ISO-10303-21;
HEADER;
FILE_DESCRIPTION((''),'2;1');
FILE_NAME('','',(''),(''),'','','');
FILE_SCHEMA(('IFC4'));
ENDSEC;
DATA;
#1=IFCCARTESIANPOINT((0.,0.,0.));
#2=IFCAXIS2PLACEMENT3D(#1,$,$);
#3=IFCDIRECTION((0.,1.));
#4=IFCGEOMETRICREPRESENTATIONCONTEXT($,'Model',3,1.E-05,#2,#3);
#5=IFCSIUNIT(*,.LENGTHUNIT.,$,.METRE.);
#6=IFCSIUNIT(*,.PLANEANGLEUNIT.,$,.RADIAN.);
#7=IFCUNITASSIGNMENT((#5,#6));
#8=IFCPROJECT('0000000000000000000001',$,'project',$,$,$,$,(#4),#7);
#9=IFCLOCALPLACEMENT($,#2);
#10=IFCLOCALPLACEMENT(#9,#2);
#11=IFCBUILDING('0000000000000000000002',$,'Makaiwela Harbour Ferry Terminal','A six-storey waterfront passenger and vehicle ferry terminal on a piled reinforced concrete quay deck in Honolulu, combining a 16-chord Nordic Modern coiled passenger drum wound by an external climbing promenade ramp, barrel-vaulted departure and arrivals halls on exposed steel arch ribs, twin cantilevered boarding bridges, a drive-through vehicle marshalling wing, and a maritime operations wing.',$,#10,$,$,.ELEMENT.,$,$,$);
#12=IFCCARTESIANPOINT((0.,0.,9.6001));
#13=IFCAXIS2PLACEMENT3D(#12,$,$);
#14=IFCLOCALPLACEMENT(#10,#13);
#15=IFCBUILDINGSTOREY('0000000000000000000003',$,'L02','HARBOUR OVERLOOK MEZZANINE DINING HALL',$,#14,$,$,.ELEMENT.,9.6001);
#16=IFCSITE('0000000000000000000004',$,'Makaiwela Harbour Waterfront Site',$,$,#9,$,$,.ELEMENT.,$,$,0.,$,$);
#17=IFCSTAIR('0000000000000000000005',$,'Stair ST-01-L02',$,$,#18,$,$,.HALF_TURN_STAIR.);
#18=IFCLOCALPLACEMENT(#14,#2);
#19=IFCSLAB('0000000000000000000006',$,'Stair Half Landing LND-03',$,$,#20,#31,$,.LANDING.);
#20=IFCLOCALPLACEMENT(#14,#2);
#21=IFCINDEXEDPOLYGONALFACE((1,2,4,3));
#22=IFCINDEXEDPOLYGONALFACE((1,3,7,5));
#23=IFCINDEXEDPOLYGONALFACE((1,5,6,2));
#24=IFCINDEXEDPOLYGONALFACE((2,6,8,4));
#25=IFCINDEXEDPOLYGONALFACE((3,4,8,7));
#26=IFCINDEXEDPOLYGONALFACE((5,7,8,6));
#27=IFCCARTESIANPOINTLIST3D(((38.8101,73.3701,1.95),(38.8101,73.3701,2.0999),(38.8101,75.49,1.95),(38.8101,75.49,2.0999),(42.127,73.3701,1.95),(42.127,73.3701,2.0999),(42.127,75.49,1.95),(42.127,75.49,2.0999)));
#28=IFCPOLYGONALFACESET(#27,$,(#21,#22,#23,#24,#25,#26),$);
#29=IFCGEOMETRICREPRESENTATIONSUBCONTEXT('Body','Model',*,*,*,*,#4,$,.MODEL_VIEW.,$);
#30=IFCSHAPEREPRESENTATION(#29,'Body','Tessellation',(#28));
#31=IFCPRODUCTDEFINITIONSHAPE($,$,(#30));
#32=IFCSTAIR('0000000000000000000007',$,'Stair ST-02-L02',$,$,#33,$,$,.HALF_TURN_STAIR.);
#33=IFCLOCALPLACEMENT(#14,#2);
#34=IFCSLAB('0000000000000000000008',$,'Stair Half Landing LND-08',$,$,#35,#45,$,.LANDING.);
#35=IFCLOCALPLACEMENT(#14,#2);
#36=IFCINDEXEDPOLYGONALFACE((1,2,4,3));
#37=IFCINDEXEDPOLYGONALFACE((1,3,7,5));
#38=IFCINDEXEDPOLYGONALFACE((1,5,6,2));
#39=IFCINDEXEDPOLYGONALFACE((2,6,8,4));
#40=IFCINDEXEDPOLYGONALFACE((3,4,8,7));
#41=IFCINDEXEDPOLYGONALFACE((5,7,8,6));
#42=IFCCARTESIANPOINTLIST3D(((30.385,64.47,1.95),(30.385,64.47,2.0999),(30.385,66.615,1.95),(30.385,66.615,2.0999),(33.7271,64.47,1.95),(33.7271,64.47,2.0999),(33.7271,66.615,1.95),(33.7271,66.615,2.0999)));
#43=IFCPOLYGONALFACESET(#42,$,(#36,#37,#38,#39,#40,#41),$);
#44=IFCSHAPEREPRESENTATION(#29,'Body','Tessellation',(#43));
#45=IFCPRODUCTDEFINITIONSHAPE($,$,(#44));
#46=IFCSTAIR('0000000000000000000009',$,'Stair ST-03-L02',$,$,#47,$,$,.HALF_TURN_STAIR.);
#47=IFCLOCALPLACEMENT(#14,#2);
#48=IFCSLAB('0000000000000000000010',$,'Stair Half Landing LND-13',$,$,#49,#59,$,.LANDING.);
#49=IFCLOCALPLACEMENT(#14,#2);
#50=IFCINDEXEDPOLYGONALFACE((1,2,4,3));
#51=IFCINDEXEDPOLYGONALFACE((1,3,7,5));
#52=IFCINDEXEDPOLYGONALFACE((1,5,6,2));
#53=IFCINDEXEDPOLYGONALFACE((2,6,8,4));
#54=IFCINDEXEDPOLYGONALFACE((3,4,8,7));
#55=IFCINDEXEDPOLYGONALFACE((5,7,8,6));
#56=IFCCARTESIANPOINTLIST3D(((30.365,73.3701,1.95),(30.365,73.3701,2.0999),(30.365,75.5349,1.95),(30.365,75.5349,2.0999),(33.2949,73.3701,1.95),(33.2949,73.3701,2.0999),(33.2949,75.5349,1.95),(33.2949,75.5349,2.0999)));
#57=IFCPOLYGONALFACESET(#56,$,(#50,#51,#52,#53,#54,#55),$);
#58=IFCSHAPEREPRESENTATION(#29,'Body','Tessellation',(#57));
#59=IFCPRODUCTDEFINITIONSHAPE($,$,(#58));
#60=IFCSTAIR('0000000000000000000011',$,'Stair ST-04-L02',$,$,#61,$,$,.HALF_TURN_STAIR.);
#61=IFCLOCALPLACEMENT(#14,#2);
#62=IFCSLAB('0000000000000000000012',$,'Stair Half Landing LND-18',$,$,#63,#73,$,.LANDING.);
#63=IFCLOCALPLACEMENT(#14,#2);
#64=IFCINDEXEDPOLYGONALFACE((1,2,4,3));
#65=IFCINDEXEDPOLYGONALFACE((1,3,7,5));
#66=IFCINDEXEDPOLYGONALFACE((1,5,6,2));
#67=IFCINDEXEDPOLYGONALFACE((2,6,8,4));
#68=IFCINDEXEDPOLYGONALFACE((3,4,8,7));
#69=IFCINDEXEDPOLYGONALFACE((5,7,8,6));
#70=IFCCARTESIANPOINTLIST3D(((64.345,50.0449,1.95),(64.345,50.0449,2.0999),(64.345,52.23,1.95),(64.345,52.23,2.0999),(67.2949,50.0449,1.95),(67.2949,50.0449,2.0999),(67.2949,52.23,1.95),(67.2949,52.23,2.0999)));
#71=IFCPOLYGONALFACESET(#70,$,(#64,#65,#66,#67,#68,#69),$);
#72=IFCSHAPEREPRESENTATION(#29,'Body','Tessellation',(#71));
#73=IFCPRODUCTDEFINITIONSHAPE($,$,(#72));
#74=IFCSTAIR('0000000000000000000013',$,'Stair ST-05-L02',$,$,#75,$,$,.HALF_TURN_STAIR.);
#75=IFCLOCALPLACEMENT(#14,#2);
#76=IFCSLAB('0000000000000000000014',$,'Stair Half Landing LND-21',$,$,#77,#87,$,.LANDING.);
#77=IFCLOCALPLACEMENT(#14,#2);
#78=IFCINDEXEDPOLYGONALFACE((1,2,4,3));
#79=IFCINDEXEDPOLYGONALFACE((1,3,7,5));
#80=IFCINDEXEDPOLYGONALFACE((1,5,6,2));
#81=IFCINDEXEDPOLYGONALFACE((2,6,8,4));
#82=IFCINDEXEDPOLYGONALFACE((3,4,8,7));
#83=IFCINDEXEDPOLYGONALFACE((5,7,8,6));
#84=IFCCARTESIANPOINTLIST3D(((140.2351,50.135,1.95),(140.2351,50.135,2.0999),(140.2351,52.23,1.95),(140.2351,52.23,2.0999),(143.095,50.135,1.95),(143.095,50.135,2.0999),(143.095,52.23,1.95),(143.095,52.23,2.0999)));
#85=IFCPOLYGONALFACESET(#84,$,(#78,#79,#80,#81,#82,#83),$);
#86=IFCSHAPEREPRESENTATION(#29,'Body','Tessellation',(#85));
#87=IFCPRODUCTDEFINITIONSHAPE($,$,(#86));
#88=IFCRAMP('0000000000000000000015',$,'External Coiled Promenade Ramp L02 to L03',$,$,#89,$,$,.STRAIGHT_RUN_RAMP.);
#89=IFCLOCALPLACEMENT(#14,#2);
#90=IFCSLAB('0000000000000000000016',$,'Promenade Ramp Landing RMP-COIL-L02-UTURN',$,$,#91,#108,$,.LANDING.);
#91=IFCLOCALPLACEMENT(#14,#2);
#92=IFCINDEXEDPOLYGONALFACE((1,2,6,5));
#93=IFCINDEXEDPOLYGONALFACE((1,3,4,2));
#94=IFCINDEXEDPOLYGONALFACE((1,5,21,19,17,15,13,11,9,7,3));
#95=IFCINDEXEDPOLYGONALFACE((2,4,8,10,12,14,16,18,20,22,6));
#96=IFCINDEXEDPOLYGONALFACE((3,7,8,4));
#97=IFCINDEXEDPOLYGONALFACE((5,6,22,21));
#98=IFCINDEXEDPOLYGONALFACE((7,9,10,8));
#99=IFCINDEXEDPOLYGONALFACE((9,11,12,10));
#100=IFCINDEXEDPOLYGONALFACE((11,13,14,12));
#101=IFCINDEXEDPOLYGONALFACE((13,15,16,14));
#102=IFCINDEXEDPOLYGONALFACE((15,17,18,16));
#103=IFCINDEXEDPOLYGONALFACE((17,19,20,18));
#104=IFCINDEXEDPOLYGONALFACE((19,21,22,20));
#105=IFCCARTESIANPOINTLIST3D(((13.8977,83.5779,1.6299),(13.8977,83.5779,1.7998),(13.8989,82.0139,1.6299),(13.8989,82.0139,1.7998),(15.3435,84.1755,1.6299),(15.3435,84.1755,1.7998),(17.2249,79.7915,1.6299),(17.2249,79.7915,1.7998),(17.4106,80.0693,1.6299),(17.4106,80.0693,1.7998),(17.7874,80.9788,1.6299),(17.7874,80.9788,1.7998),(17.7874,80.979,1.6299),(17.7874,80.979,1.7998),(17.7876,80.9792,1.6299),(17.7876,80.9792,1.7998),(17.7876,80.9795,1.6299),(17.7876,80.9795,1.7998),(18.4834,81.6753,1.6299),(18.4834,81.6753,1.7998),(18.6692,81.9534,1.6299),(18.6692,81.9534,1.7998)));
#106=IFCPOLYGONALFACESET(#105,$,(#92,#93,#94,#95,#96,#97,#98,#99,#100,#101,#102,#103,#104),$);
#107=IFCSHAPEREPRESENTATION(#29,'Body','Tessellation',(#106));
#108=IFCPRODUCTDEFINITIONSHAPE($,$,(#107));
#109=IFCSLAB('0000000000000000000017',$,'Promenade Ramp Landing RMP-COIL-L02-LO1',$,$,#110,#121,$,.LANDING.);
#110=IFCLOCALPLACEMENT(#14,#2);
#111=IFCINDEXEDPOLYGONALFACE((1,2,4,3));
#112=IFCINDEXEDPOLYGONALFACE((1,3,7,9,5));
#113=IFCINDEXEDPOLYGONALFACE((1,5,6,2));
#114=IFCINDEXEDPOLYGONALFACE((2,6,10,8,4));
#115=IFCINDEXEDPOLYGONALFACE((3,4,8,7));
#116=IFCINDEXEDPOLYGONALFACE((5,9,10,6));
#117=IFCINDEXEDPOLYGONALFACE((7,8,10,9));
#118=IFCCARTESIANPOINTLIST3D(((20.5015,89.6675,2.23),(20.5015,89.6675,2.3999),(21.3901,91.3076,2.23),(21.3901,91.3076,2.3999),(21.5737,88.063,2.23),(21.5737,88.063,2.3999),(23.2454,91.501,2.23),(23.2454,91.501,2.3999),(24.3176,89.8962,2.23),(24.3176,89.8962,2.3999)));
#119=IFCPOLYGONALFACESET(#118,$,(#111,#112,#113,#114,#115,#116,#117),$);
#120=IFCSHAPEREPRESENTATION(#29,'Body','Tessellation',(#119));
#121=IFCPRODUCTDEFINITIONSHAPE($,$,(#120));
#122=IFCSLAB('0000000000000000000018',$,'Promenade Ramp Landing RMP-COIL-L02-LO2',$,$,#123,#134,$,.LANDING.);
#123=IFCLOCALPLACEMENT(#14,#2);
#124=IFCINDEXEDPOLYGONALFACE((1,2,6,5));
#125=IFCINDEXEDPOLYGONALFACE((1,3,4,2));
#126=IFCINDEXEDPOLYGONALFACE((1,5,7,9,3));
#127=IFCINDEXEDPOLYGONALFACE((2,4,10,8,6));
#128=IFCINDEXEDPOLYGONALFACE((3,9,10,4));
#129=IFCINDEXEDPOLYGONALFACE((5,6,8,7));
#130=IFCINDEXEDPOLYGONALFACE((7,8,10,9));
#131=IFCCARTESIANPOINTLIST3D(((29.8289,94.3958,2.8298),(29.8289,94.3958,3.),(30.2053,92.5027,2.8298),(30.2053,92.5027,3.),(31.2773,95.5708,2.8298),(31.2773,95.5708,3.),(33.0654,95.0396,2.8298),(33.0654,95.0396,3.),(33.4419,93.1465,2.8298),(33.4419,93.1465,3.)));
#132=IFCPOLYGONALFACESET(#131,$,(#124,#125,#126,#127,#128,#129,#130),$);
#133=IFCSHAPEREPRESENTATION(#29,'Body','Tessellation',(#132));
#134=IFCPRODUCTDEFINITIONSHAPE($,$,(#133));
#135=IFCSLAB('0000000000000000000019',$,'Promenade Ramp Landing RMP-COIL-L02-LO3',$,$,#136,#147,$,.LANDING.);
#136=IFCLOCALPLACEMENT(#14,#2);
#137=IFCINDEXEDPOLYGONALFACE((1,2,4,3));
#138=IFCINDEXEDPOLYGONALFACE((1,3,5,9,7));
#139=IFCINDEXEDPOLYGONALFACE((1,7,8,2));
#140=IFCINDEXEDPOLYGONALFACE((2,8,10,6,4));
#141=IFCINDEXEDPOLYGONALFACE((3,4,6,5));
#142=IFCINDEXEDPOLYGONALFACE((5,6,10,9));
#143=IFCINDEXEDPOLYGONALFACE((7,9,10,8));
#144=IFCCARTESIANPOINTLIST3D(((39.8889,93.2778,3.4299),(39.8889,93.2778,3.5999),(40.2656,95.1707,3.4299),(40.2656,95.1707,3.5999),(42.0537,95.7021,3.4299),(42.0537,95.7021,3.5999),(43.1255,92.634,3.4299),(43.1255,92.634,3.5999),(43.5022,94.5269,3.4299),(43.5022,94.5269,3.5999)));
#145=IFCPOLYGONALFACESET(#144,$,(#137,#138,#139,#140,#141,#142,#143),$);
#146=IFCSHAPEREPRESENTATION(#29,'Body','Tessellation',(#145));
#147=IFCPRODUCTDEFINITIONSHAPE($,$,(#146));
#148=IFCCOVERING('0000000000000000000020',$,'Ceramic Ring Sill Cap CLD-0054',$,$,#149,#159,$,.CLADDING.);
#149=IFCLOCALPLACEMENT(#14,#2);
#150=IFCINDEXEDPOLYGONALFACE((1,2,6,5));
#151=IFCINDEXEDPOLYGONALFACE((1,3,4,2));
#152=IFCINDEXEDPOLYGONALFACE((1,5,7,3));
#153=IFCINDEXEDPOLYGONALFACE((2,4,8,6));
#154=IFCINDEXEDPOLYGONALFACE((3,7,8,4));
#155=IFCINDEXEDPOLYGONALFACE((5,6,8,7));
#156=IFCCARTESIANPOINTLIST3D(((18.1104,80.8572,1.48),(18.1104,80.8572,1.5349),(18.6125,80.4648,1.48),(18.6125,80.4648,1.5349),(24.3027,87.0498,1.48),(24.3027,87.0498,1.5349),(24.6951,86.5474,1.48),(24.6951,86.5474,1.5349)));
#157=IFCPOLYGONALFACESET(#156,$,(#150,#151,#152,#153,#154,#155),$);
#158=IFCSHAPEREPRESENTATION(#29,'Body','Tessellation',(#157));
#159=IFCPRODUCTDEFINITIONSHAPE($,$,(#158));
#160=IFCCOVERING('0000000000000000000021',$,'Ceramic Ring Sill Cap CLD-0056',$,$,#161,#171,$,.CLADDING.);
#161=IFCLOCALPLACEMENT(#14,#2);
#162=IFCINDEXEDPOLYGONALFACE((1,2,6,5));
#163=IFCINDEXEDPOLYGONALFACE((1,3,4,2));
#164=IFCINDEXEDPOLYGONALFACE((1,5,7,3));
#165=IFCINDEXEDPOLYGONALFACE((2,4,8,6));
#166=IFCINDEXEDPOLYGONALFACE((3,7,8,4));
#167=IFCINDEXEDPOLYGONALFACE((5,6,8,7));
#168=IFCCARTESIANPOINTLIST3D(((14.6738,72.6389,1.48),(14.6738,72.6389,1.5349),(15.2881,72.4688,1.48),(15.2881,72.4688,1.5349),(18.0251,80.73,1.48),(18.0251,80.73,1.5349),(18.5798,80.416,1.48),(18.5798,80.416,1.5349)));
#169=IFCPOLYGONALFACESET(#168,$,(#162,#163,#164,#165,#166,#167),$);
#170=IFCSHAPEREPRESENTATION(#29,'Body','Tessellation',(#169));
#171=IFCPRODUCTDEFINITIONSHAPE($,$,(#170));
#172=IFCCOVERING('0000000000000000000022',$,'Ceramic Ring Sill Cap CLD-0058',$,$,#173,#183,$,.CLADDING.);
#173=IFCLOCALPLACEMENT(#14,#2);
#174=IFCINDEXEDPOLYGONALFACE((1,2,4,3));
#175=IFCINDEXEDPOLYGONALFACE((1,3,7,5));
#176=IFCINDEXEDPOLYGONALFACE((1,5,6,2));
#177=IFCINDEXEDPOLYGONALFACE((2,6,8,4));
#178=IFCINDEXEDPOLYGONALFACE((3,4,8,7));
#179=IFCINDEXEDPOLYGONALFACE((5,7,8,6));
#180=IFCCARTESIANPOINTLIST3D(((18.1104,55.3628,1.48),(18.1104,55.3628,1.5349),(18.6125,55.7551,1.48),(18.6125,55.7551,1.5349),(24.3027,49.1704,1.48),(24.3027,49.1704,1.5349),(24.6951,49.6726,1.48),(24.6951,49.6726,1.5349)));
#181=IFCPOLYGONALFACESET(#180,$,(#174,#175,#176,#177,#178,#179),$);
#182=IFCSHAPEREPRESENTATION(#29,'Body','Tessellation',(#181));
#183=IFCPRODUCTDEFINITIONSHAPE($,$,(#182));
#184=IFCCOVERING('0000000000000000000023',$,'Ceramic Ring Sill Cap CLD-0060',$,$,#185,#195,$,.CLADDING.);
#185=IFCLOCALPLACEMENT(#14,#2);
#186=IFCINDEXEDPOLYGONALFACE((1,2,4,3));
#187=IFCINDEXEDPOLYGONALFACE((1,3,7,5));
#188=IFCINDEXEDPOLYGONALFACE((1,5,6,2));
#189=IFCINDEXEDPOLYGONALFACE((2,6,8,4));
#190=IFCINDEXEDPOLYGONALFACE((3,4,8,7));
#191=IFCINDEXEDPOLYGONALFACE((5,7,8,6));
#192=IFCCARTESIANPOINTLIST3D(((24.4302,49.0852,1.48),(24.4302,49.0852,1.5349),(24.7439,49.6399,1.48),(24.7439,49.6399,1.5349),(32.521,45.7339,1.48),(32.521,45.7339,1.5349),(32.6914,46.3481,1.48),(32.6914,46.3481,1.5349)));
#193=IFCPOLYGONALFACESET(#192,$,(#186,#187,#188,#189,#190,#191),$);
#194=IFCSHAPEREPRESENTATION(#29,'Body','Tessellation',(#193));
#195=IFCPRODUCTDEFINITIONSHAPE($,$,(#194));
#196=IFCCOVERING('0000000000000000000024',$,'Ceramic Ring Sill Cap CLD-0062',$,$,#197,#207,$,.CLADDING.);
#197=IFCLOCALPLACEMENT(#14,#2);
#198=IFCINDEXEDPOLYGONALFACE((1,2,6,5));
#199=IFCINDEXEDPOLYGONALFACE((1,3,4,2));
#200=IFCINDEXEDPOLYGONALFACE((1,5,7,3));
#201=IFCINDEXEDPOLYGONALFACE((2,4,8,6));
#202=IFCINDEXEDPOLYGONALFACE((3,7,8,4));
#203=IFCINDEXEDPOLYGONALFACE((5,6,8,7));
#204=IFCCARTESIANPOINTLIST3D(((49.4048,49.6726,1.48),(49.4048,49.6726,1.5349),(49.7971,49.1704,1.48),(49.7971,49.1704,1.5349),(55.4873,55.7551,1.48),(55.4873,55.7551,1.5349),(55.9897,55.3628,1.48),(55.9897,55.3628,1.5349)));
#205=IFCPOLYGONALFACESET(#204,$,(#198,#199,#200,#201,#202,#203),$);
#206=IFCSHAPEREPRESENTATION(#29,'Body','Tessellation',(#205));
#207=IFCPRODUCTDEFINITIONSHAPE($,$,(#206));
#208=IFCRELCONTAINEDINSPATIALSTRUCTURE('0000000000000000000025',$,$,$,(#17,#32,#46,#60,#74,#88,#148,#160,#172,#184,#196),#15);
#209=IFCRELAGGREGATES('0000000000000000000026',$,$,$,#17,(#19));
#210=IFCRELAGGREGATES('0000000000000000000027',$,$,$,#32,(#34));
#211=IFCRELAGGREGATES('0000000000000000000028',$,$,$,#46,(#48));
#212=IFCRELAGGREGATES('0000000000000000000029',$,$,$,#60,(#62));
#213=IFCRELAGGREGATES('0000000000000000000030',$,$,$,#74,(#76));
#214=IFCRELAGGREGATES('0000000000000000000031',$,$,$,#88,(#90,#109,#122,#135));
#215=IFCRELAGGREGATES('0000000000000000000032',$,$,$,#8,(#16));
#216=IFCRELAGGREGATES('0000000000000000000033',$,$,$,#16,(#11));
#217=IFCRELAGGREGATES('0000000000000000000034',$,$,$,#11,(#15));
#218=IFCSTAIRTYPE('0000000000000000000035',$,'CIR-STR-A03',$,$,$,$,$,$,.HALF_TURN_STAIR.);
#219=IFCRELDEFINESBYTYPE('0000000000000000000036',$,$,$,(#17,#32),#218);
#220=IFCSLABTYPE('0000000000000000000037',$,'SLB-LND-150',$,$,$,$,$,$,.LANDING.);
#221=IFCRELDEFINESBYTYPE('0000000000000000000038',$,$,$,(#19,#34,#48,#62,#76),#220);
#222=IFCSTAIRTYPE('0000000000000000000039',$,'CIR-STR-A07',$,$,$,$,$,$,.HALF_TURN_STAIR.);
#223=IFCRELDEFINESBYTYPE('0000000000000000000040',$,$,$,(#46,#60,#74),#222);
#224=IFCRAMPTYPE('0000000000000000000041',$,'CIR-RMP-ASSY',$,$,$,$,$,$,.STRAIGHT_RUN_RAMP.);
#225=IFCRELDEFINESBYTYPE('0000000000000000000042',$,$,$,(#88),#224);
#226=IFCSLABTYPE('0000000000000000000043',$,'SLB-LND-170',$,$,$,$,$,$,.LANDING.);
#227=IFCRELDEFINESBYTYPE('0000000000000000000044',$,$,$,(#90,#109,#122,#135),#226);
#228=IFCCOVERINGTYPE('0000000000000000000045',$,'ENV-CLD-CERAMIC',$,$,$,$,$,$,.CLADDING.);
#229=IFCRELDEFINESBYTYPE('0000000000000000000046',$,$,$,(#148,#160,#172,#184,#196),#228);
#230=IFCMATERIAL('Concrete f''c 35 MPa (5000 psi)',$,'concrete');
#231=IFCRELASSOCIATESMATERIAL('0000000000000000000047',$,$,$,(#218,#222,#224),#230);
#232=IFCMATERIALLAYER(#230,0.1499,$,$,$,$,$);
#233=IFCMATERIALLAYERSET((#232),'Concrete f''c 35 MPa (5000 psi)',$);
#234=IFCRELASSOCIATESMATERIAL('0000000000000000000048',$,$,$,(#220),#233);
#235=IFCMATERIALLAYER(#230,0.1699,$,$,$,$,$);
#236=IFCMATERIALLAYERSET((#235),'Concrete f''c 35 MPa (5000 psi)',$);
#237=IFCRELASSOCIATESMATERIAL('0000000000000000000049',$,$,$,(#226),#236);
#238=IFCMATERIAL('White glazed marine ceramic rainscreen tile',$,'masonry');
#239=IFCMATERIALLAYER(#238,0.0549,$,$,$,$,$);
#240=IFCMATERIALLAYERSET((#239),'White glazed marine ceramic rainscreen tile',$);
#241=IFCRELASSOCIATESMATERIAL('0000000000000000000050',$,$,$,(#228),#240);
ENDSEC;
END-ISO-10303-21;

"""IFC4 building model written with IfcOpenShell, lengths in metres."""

from ifc_helpers import new_model, si_unit, direction, frame, origin, place, context, subcontext, project, spatial, polyline, outline, extrude, material, layer, layer_set, type_object, element, aggregate, save


model = new_model("IFC4")

# Units and contexts
model_context = context("Model", 3, precision=1e-05, world=origin(), true_north=direction((0.0, 1.0)))
body_context = subcontext(model_context, "Body", "Model", "MODEL_VIEW")
ifc_project = project(units=[si_unit("LENGTHUNIT", "METRE"), si_unit("PLANEANGLEUNIT", "RADIAN")], contexts=[model_context])

# Site, building, storey
site_placement = place(None, origin())
site = spatial("IfcSite", under=ifc_project, at=site_placement, Name="Makaiwela Harbour Waterfront Site", CompositionType="ELEMENT", RefElevation=0.0)
building_placement = place(site_placement, origin())
building = spatial("IfcBuilding", under=site, at=building_placement, Name="Makaiwela Harbour Ferry Terminal", Description="A six-storey waterfront passenger and vehicle ferry terminal on a piled reinforced concrete quay deck in Honolulu, combining a 16-chord Nordic Modern coiled passenger drum wound by an external climbing promenade ramp, barrel-vaulted departure and arrivals halls on exposed steel arch ribs, twin cantilevered boarding bridges, a drive-through vehicle marshalling wing, and a maritime operations wing.", CompositionType="ELEMENT")
storey_placement = place(building_placement, frame((0.0, 0.0, 9.6001)))
storey = spatial("IfcBuildingStorey", under=building, at=storey_placement, Name="L02", Description="HARBOUR OVERLOOK MEZZANINE DINING HALL", CompositionType="ELEMENT", Elevation=9.6001)

# Stairs, slabs
ifc_material_1 = material(Name="Concrete f'c 35 MPa (5000 psi)", Category="concrete")
stair_type_1 = type_object("IfcStairType", Name="CIR-STR-A03", PredefinedType="HALF_TURN_STAIR", material=ifc_material_1)
stair_1_placement = place(storey_placement, origin())
stair_1 = element("IfcStair", 1, at=stair_1_placement, inside=storey, type_object=stair_type_1, Name="Stair ST-01-L02", PredefinedType="HALF_TURN_STAIR")
ifc_layer_1 = layer(ifc_material_1, 0.1499)
ifc_layer_set_1 = layer_set([ifc_layer_1], Name="Concrete f'c 35 MPa (5000 psi)")
slab_type_1 = type_object("IfcSlabType", Name="SLB-LND-150", PredefinedType="LANDING", material=ifc_layer_set_1)
slab_1_placement = place(storey_placement, frame((0.0, 0.0, 1.95)))
slab_1 = element("IfcSlab", 2, at=slab_1_placement, type_object=slab_type_1, Name="Stair Half Landing LND-03", PredefinedType="LANDING", context=body_context, shape_type="SweptSolid", body=[
    extrude(outline(polyline([(38.8101, 73.3701), (42.127, 73.3701), (42.127, 75.49), (38.8101, 75.49), (38.8101, 73.3701)])), origin(), (0.0, 0.0, 1.0), 0.1499),
])
aggregate(stair_1, [slab_1])
stair_2_placement = place(storey_placement, origin())
stair_2 = element("IfcStair", 3, at=stair_2_placement, inside=storey, type_object=stair_type_1, Name="Stair ST-02-L02", PredefinedType="HALF_TURN_STAIR")
slab_2_placement = place(storey_placement, frame((0.0, 0.0, 1.95)))
slab_2 = element("IfcSlab", 4, at=slab_2_placement, type_object=slab_type_1, Name="Stair Half Landing LND-08", PredefinedType="LANDING", context=body_context, shape_type="SweptSolid", body=[
    extrude(outline(polyline([(30.385, 64.47), (33.7271, 64.47), (33.7271, 66.615), (30.385, 66.615), (30.385, 64.47)])), origin(), (0.0, 0.0, 1.0), 0.1499),
])
aggregate(stair_2, [slab_2])
stair_type_2 = type_object("IfcStairType", Name="CIR-STR-A07", PredefinedType="HALF_TURN_STAIR", material=ifc_material_1)
stair_3_placement = place(storey_placement, origin())
stair_3 = element("IfcStair", 5, at=stair_3_placement, inside=storey, type_object=stair_type_2, Name="Stair ST-03-L02", PredefinedType="HALF_TURN_STAIR")
slab_3_placement = place(storey_placement, frame((0.0, 0.0, 1.95)))
slab_3 = element("IfcSlab", 6, at=slab_3_placement, type_object=slab_type_1, Name="Stair Half Landing LND-13", PredefinedType="LANDING", context=body_context, shape_type="SweptSolid", body=[
    extrude(outline(polyline([(30.365, 73.3701), (33.2949, 73.3701), (33.2949, 75.5349), (30.365, 75.5349), (30.365, 73.3701)])), origin(), (0.0, 0.0, 1.0), 0.1499),
])
aggregate(stair_3, [slab_3])
stair_4_placement = place(storey_placement, origin())
stair_4 = element("IfcStair", 7, at=stair_4_placement, inside=storey, type_object=stair_type_2, Name="Stair ST-04-L02", PredefinedType="HALF_TURN_STAIR")
slab_4_placement = place(storey_placement, frame((0.0, 0.0, 1.95)))
slab_4 = element("IfcSlab", 8, at=slab_4_placement, type_object=slab_type_1, Name="Stair Half Landing LND-18", PredefinedType="LANDING", context=body_context, shape_type="SweptSolid", body=[
    extrude(outline(polyline([(64.345, 50.0449), (67.2949, 50.0449), (67.2949, 52.23), (64.345, 52.23), (64.345, 50.0449)])), origin(), (0.0, 0.0, 1.0), 0.1499),
])
aggregate(stair_4, [slab_4])
stair_5_placement = place(storey_placement, origin())
stair_5 = element("IfcStair", 9, at=stair_5_placement, inside=storey, type_object=stair_type_2, Name="Stair ST-05-L02", PredefinedType="HALF_TURN_STAIR")
slab_5_placement = place(storey_placement, frame((0.0, 0.0, 1.95)))
slab_5 = element("IfcSlab", 10, at=slab_5_placement, type_object=slab_type_1, Name="Stair Half Landing LND-21", PredefinedType="LANDING", context=body_context, shape_type="SweptSolid", body=[
    extrude(outline(polyline([(140.2351, 50.135), (143.095, 50.135), (143.095, 52.23), (140.2351, 52.23), (140.2351, 50.135)])), origin(), (0.0, 0.0, 1.0), 0.1499),
])
aggregate(stair_5, [slab_5])

# Ramp, slabs
ramp_type = type_object("IfcRampType", Name="CIR-RMP-ASSY", PredefinedType="STRAIGHT_RUN_RAMP", material=ifc_material_1)
ramp_placement = place(storey_placement, origin())
ramp = element("IfcRamp", 11, at=ramp_placement, inside=storey, type_object=ramp_type, Name="External Coiled Promenade Ramp L02 to L03", PredefinedType="STRAIGHT_RUN_RAMP")
ifc_layer_2 = layer(ifc_material_1, 0.1699)
ifc_layer_set_2 = layer_set([ifc_layer_2], Name="Concrete f'c 35 MPa (5000 psi)")
slab_type_2 = type_object("IfcSlabType", Name="SLB-LND-170", PredefinedType="LANDING", material=ifc_layer_set_2)
slab_6_placement = place(storey_placement, frame((0.0, 0.0, 1.6299)))
slab_6 = element("IfcSlab", 12, at=slab_6_placement, type_object=slab_type_2, Name="Promenade Ramp Landing RMP-COIL-L02-UTURN", PredefinedType="LANDING", context=body_context, shape_type="SweptSolid", body=[
    extrude(outline(polyline([(17.4106, 80.0693), (17.7874, 80.9788), (17.7874, 80.979), (17.7874, 80.979), (17.7876, 80.9792), (17.7876, 80.9795), (18.4834, 81.6753), (18.6692, 81.9534), (15.3435, 84.1755), (13.8977, 83.5779), (13.8989, 82.0139), (17.2249, 79.7915), (17.4106, 80.0693)])), origin(), (0.0, 0.0, 1.0), 0.1699),
])
slab_7_placement = place(storey_placement, frame((0.0, 0.0, 2.23)))
slab_7 = element("IfcSlab", 13, at=slab_7_placement, type_object=slab_type_2, Name="Promenade Ramp Landing RMP-COIL-L02-LO1", PredefinedType="LANDING", context=body_context, shape_type="SweptSolid", body=[
    extrude(outline(polyline([(24.3176, 89.8962), (23.2454, 91.501), (21.3901, 91.3076), (20.5015, 89.6675), (21.5737, 88.063), (24.3176, 89.8962)])), origin(), (0.0, 0.0, 1.0), 0.1699),
])
slab_8_placement = place(storey_placement, frame((0.0, 0.0, 2.8298)))
slab_8 = element("IfcSlab", 14, at=slab_8_placement, type_object=slab_type_2, Name="Promenade Ramp Landing RMP-COIL-L02-LO2", PredefinedType="LANDING", context=body_context, shape_type="SweptSolid", body=[
    extrude(outline(polyline([(33.4419, 93.1465), (33.0654, 95.0396), (31.2773, 95.5708), (29.8289, 94.3958), (30.2053, 92.5027), (33.4419, 93.1465)])), origin(), (0.0, 0.0, 1.0), 0.1702),
])
slab_9_placement = place(storey_placement, frame((0.0, 0.0, 3.4299)))
slab_9 = element("IfcSlab", 15, at=slab_9_placement, type_object=slab_type_2, Name="Promenade Ramp Landing RMP-COIL-L02-LO3", PredefinedType="LANDING", context=body_context, shape_type="SweptSolid", body=[
    extrude(outline(polyline([(43.1255, 92.634), (43.5022, 94.5269), (42.0537, 95.7021), (40.2656, 95.1707), (39.8889, 93.2778), (43.1255, 92.634)])), origin(), (0.0, 0.0, 1.0), 0.1699),
])
aggregate(ramp, [slab_6, slab_7, slab_8, slab_9])

# Coverings
ifc_material_2 = material(Name="White glazed marine ceramic rainscreen tile", Category="masonry")
ifc_layer_3 = layer(ifc_material_2, 0.0549)
ifc_layer_set_3 = layer_set([ifc_layer_3], Name="White glazed marine ceramic rainscreen tile")
covering_type_1 = type_object("IfcCoveringType", Name="ENV-CLD-CERAMIC", PredefinedType="CLADDING", material=ifc_layer_set_3)
covering_1_placement = place(storey_placement, frame((0.0, 0.0, 1.48)))
element("IfcCovering", 16, at=covering_1_placement, inside=storey, type_object=covering_type_1, Name="Ceramic Ring Sill Cap CLD-0054", PredefinedType="CLADDING", context=body_context, shape_type="SweptSolid", body=[
    extrude(outline(polyline([(24.3027, 87.0498), (18.1104, 80.8572), (18.6125, 80.4648), (24.6951, 86.5474), (24.3027, 87.0498)])), origin(), (0.0, 0.0, 1.0), 0.0549),
])
covering_2_placement = place(storey_placement, frame((0.0, 0.0, 1.48)))
element("IfcCovering", 17, at=covering_2_placement, inside=storey, type_object=covering_type_1, Name="Ceramic Ring Sill Cap CLD-0056", PredefinedType="CLADDING", context=body_context, shape_type="SweptSolid", body=[
    extrude(outline(polyline([(18.0251, 80.73), (14.6738, 72.6389), (15.2881, 72.4688), (18.5798, 80.416), (18.0251, 80.73)])), origin(), (0.0, 0.0, 1.0), 0.0549),
])
covering_3_placement = place(storey_placement, frame((0.0, 0.0, 1.48)))
element("IfcCovering", 18, at=covering_3_placement, inside=storey, type_object=covering_type_1, Name="Ceramic Ring Sill Cap CLD-0058", PredefinedType="CLADDING", context=body_context, shape_type="SweptSolid", body=[
    extrude(outline(polyline([(18.1104, 55.3628), (24.3027, 49.1704), (24.6951, 49.6726), (18.6125, 55.7551), (18.1104, 55.3628)])), origin(), (0.0, 0.0, 1.0), 0.0549),
])
covering_4_placement = place(storey_placement, frame((0.0, 0.0, 1.48)))
element("IfcCovering", 19, at=covering_4_placement, inside=storey, type_object=covering_type_1, Name="Ceramic Ring Sill Cap CLD-0060", PredefinedType="CLADDING", context=body_context, shape_type="SweptSolid", body=[
    extrude(outline(polyline([(24.4302, 49.0852), (32.521, 45.7339), (32.6914, 46.3481), (24.7439, 49.6399), (24.4302, 49.0852)])), origin(), (0.0, 0.0, 1.0), 0.0549),
])
covering_5_placement = place(storey_placement, frame((0.0, 0.0, 1.48)))
element("IfcCovering", 20, at=covering_5_placement, inside=storey, type_object=covering_type_1, Name="Ceramic Ring Sill Cap CLD-0062", PredefinedType="CLADDING", context=body_context, shape_type="SweptSolid", body=[
    extrude(outline(polyline([(49.7971, 49.1704), (55.9897, 55.3628), (55.4873, 55.7551), (49.4048, 49.6726), (49.7971, 49.1704)])), origin(), (0.0, 0.0, 1.0), 0.0549),
])

save(model, "model.ifc")
